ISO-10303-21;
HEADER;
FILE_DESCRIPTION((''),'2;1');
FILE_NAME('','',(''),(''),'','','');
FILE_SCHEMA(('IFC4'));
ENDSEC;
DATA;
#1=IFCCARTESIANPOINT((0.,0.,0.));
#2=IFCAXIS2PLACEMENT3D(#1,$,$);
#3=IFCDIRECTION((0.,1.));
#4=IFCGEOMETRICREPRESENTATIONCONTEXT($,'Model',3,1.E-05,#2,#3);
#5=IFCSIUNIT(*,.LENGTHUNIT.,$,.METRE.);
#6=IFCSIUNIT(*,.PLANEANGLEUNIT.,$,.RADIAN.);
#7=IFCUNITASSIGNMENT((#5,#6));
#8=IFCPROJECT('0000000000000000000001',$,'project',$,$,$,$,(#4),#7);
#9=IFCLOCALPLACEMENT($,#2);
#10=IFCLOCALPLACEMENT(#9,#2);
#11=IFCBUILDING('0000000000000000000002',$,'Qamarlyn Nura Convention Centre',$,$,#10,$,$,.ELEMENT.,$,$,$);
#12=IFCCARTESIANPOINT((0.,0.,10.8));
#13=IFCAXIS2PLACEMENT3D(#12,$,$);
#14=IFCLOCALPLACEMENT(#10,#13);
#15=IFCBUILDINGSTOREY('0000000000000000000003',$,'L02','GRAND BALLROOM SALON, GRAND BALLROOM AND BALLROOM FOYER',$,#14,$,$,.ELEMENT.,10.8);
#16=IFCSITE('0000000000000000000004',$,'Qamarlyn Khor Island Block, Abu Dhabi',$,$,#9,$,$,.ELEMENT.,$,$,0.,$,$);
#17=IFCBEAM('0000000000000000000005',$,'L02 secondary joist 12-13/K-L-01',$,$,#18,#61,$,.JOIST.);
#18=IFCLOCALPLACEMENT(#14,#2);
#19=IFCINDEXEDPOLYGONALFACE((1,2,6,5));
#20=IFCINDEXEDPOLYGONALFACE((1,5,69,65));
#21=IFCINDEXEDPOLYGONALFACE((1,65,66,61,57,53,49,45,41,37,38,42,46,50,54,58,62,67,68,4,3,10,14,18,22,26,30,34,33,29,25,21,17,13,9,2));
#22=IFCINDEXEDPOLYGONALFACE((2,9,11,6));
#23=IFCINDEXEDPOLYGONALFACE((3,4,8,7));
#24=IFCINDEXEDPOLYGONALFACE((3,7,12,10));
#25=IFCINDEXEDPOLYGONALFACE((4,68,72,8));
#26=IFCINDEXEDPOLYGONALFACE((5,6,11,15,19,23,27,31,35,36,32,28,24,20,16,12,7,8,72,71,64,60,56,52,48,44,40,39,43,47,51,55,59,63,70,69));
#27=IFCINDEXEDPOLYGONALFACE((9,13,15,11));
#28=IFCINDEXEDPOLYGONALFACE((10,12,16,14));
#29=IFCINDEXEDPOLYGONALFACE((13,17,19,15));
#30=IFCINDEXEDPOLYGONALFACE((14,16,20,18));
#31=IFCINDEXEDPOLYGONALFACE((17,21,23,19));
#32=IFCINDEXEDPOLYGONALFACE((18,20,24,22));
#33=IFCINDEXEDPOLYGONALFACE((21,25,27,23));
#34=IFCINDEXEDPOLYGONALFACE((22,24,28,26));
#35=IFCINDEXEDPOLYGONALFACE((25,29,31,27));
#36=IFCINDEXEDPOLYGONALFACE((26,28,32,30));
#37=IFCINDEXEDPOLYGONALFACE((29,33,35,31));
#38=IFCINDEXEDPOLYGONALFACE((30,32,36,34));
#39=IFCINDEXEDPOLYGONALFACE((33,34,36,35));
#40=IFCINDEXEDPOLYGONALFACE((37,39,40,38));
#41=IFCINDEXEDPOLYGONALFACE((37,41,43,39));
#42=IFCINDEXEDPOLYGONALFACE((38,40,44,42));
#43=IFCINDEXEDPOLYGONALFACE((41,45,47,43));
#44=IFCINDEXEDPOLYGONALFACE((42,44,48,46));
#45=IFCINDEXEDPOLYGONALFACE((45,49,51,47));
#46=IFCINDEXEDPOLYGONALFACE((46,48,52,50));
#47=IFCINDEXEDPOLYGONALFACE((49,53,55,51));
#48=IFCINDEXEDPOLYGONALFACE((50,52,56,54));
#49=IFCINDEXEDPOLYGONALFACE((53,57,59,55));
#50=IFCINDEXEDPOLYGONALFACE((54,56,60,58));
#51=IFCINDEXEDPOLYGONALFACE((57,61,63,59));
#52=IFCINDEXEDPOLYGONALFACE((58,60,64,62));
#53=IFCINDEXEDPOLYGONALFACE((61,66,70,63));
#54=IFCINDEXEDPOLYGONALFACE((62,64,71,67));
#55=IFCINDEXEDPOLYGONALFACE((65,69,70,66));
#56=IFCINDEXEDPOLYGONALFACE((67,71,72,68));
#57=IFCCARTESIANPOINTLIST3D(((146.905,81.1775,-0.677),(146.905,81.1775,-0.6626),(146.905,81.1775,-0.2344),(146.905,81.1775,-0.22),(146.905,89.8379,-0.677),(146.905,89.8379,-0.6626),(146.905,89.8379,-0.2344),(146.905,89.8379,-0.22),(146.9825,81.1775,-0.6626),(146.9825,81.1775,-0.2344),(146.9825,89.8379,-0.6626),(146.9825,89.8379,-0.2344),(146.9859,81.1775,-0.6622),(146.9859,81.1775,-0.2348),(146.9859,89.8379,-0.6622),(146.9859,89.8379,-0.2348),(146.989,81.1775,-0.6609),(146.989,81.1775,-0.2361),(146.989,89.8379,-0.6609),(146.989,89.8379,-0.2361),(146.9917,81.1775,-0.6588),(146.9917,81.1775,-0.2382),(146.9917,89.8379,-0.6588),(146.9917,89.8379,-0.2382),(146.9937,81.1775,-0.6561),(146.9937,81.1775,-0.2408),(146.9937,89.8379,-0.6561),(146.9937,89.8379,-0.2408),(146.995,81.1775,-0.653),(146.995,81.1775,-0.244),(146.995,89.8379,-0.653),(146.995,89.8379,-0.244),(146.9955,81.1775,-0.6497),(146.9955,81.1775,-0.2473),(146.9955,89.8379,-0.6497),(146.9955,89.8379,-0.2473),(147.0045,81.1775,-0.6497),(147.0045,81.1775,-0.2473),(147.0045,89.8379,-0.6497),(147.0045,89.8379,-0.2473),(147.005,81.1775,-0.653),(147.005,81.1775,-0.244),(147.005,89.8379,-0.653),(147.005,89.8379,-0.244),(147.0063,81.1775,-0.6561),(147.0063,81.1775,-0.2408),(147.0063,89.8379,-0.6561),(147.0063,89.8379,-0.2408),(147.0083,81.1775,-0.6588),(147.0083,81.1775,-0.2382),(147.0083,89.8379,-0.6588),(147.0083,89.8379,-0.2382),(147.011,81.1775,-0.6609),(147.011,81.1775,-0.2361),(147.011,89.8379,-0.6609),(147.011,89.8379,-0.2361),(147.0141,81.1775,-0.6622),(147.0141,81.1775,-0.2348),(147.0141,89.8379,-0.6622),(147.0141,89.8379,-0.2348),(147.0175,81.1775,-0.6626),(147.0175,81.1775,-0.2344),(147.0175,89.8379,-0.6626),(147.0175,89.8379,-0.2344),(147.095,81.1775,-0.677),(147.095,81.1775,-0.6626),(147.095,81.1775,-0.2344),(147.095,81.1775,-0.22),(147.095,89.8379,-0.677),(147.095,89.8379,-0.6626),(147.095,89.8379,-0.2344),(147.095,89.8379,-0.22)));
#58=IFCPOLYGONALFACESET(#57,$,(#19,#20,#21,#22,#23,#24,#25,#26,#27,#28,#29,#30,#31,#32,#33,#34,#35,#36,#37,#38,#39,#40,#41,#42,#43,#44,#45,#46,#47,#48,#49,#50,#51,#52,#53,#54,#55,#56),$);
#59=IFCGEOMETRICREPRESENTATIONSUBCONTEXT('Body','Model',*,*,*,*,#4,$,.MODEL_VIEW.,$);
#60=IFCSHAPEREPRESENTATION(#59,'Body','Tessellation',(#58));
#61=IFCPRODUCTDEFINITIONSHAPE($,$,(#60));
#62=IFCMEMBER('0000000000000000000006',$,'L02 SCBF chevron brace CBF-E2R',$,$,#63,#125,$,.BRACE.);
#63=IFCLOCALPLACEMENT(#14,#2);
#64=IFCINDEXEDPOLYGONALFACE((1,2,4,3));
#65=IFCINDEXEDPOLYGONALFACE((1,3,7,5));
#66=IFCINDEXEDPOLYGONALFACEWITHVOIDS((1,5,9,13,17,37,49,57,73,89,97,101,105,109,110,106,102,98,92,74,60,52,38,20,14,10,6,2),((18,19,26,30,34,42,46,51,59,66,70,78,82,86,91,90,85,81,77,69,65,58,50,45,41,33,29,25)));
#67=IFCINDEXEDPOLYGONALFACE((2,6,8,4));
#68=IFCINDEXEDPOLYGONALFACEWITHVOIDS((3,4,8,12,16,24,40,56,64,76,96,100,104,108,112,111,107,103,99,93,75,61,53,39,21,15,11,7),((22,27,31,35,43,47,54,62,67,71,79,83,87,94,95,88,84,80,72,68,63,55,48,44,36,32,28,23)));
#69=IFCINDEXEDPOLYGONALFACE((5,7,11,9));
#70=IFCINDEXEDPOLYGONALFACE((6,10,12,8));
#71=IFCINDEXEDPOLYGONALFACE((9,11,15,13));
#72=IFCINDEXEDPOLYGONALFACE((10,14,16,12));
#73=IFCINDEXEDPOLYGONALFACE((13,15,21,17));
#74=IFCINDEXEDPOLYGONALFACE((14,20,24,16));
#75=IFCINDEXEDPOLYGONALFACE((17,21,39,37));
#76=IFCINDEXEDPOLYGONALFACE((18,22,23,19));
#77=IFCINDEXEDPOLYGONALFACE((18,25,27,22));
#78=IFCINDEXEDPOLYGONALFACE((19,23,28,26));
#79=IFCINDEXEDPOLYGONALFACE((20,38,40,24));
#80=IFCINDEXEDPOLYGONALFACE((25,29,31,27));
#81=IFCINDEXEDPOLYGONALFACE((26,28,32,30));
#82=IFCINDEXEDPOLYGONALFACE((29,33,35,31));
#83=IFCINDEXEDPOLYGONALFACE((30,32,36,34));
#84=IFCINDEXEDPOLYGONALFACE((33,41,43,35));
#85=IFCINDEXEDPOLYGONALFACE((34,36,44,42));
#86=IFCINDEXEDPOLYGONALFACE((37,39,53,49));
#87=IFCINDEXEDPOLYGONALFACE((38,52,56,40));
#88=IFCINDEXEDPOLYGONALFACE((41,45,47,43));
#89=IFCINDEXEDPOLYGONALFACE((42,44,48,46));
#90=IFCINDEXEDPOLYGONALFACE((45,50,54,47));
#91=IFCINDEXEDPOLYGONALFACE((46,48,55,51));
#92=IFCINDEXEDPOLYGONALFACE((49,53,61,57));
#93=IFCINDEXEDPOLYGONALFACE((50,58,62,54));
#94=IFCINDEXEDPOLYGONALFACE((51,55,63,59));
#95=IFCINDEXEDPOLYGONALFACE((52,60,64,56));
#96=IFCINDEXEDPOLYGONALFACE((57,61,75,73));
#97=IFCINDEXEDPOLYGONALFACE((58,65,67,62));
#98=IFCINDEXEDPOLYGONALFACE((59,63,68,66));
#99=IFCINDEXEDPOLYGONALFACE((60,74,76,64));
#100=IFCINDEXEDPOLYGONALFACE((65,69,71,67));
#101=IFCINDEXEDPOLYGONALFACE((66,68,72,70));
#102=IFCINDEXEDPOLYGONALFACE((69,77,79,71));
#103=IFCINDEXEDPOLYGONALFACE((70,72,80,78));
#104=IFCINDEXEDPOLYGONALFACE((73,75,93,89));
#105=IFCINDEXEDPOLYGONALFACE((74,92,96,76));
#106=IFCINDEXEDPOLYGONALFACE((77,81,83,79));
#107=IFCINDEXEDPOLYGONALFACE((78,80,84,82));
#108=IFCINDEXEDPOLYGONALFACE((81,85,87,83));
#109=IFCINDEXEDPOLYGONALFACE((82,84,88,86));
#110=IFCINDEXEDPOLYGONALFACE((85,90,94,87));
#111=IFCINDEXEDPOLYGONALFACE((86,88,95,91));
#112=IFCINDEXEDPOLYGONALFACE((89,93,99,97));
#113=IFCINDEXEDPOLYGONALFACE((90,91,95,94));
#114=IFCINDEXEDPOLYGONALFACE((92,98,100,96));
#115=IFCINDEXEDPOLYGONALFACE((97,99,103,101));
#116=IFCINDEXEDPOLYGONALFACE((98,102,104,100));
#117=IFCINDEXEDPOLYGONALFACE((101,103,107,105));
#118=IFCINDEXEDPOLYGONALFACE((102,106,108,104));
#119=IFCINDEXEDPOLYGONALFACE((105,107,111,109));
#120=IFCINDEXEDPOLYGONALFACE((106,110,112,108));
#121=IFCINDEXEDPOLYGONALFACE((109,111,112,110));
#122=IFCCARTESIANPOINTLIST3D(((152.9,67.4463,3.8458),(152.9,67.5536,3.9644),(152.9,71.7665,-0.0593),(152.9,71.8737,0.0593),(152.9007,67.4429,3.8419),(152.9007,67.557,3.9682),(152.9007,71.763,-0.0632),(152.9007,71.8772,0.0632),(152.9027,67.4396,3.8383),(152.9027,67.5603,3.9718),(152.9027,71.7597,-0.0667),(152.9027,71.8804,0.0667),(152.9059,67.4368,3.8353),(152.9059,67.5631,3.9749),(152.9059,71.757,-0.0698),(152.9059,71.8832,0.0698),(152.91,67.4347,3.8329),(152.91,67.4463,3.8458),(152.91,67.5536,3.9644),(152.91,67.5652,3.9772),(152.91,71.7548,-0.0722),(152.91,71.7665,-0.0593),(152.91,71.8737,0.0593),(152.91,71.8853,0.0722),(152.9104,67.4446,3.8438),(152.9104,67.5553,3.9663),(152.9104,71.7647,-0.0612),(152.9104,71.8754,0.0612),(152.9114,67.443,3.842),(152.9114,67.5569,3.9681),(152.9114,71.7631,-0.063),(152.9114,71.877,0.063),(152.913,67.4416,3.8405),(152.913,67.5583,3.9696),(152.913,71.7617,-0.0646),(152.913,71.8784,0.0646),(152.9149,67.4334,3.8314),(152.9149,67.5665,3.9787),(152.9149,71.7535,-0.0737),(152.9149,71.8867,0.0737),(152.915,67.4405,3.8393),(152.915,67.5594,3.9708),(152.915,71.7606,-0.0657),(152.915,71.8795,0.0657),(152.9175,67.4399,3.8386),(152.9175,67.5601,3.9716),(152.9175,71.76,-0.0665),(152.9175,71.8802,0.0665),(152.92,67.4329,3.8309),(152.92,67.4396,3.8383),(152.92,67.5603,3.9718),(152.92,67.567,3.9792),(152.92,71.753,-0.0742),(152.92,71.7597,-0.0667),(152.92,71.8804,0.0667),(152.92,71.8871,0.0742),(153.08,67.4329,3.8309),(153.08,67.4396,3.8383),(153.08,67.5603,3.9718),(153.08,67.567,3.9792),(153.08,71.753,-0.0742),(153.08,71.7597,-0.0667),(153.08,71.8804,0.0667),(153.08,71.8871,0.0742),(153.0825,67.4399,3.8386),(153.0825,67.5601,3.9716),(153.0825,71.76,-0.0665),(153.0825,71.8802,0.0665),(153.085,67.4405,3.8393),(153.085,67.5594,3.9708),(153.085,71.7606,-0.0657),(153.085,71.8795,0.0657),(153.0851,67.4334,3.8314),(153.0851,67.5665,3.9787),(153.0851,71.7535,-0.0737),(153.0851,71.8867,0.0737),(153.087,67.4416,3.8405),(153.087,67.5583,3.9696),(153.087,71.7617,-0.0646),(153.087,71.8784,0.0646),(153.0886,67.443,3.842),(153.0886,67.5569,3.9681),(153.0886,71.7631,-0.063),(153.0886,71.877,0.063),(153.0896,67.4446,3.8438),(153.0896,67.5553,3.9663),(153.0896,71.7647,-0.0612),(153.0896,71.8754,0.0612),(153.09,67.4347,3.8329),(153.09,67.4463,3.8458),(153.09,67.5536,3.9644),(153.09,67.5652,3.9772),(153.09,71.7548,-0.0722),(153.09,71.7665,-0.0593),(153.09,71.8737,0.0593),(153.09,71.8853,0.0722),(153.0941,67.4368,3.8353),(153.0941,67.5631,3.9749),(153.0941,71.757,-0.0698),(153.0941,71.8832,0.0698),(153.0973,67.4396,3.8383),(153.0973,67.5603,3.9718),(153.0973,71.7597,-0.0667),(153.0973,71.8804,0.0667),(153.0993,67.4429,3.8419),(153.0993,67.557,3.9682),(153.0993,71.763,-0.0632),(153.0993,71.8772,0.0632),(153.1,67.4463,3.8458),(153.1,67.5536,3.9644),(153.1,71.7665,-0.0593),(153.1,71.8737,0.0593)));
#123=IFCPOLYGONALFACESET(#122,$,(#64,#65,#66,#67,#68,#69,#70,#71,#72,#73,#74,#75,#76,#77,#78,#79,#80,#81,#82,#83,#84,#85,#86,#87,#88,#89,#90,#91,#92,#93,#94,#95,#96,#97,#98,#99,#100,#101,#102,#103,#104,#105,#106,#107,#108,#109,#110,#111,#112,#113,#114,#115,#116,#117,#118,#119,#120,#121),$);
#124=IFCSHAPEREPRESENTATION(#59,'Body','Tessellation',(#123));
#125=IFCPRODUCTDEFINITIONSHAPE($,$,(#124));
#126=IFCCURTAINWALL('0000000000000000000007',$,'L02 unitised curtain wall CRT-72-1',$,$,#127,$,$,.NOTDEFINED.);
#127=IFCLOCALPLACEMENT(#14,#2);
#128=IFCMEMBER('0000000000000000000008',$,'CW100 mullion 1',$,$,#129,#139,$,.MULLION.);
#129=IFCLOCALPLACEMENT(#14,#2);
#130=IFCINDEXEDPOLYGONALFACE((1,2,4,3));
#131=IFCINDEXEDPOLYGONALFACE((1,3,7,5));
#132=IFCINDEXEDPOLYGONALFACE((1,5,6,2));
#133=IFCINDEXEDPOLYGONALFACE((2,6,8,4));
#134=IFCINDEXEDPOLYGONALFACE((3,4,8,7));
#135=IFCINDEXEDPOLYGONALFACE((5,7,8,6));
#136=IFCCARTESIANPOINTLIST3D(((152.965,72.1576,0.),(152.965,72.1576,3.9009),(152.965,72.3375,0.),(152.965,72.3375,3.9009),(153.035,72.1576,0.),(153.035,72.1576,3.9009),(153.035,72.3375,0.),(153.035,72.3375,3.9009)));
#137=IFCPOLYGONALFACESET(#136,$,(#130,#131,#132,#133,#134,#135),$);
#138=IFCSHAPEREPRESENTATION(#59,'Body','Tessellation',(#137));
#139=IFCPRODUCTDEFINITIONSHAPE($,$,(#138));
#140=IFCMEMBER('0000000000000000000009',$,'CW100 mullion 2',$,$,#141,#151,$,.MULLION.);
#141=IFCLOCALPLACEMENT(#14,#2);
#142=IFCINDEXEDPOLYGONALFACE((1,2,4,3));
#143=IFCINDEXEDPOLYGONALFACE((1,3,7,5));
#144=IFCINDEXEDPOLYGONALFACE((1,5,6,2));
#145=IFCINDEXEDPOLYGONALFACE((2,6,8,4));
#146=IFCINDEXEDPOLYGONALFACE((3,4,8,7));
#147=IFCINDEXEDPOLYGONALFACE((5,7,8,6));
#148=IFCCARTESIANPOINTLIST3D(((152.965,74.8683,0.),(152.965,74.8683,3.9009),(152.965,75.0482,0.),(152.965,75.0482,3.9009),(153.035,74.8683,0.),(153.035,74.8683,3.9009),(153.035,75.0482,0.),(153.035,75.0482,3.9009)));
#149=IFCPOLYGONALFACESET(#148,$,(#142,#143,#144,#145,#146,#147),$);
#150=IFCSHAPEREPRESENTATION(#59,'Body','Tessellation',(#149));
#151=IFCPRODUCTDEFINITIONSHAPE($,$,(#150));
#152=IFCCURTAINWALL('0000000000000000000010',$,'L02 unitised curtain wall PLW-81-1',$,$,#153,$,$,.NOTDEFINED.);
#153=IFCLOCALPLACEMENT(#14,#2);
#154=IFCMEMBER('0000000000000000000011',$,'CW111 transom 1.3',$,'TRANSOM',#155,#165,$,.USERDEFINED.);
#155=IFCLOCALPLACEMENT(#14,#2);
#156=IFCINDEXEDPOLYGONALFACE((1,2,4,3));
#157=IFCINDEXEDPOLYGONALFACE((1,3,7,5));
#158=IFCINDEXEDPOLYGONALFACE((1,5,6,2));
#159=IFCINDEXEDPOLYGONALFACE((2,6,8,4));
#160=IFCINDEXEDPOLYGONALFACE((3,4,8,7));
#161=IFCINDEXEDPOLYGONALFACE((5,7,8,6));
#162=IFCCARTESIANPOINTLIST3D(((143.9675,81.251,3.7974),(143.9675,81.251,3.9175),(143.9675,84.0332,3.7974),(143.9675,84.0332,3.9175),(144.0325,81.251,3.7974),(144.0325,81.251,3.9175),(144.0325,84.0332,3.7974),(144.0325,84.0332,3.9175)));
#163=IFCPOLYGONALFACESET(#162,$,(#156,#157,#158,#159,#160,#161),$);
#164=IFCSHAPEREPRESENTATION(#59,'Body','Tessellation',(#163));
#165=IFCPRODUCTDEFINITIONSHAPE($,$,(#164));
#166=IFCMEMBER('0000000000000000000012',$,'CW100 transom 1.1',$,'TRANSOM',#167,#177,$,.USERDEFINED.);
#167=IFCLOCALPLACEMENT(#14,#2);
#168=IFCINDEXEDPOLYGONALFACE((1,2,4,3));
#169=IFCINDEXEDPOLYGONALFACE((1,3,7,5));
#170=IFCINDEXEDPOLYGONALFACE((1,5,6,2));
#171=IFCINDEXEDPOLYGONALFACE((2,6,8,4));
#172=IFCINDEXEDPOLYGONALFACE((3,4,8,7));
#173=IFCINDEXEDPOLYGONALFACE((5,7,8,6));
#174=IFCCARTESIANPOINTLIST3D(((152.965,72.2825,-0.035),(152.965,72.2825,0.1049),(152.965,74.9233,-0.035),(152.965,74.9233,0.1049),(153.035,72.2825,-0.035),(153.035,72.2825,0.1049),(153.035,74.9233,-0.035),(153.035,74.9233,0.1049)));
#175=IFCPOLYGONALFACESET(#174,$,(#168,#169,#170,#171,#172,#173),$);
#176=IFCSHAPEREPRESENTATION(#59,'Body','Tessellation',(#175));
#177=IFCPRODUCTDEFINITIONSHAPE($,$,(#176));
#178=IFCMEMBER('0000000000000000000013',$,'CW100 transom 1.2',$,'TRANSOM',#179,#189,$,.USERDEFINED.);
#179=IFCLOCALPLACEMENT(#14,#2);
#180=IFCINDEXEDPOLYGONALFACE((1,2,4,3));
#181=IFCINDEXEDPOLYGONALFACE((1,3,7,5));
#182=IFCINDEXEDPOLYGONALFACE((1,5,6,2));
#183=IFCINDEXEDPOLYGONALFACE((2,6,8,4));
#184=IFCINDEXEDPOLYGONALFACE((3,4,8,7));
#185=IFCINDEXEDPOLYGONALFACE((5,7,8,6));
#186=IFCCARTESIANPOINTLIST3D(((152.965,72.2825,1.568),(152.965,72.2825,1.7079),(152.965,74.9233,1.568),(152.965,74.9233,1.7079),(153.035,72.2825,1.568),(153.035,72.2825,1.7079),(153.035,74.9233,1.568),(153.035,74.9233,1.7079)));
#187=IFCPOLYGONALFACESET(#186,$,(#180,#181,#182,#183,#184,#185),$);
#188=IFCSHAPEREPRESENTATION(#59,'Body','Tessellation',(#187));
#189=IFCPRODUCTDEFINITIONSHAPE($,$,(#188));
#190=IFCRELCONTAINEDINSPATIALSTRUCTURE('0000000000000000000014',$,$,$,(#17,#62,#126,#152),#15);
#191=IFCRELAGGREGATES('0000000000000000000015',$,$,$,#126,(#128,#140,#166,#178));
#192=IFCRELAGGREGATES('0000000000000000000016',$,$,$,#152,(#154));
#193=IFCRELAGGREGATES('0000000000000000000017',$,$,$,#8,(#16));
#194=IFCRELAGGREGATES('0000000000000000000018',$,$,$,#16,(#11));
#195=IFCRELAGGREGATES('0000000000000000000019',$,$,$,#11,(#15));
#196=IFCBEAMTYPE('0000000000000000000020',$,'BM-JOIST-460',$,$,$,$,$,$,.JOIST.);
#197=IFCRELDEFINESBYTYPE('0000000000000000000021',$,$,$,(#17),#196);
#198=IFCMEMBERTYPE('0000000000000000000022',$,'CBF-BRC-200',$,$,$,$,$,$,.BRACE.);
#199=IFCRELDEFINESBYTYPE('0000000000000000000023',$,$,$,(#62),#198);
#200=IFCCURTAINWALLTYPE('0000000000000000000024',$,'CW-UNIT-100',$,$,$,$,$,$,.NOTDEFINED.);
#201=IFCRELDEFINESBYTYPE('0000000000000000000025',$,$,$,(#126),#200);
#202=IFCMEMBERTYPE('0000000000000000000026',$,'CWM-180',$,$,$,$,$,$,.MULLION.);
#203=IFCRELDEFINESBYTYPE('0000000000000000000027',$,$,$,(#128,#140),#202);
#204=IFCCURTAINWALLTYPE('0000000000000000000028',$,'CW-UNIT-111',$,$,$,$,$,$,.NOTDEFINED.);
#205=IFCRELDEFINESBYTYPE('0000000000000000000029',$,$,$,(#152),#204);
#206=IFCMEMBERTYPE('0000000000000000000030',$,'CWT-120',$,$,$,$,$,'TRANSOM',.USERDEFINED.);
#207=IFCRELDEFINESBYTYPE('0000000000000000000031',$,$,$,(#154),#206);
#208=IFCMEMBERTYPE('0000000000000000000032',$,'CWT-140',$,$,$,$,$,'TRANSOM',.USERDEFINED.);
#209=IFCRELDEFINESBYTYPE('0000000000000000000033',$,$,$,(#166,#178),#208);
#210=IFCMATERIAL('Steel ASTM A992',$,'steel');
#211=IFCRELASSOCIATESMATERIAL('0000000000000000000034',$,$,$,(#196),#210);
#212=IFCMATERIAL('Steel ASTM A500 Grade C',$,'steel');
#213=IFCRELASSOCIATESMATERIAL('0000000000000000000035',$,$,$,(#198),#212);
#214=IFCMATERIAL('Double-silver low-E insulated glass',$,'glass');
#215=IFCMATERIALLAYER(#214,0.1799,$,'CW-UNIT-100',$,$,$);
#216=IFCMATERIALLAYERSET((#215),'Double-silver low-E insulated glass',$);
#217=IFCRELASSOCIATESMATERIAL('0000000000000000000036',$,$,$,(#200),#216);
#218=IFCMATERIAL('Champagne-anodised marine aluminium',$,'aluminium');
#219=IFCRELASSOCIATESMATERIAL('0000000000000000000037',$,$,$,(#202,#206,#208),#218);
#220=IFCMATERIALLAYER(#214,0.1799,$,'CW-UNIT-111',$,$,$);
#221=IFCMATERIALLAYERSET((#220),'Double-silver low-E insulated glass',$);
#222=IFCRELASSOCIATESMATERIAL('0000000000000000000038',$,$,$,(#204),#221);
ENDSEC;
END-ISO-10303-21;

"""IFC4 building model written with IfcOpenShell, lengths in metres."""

from ifc_helpers import new_model, si_unit, direction, frame, origin, origin_2d, place, context, subcontext, project, spatial, rectangle, hollow_rectangle, i_section, extrude, material, layer, layer_set, material_profile, profile_set, type_object, element, aggregate, save


model = new_model("IFC4")

# Units and contexts
model_context = context("Model", 3, precision=1e-05, world=origin(), true_north=direction((0.0, 1.0)))
body_context = subcontext(model_context, "Body", "Model", "MODEL_VIEW")
ifc_project = project(units=[si_unit("LENGTHUNIT", "METRE"), si_unit("PLANEANGLEUNIT", "RADIAN")], contexts=[model_context])

# Site, building, storey
site_placement = place(None, origin())
site = spatial("IfcSite", under=ifc_project, at=site_placement, Name="Qamarlyn Khor Island Block, Abu Dhabi", CompositionType="ELEMENT", RefElevation=0.0)
building_placement = place(site_placement, origin())
building = spatial("IfcBuilding", under=site, at=building_placement, Name="Qamarlyn Nura Convention Centre", CompositionType="ELEMENT")
storey_placement = place(building_placement, frame((0.0, 0.0, 10.8)))
storey = spatial("IfcBuildingStorey", under=building, at=storey_placement, Name="L02", Description="GRAND BALLROOM SALON, GRAND BALLROOM AND BALLROOM FOYER", CompositionType="ELEMENT", Elevation=10.8)

# Shared definitions
ifc_material_1 = material(Name="Steel ASTM A992", Category="steel")

# Beam
ifc_material_profile_1 = material_profile(ifc_material_1, i_section(OverallWidth=0.1899, OverallDepth=0.457, WebThickness=0.009, FlangeThickness=0.0144, FilletRadius=0.0129, at=origin_2d()), Name="W460X74")
ifc_profile_set_1 = profile_set([ifc_material_profile_1], Name="Steel ASTM A992")
beam_type_1 = type_object("IfcBeamType", Name="BM-JOIST-460", PredefinedType="JOIST", material=ifc_profile_set_1)
beam_1_placement = place(storey_placement, frame((147.0, 81.1775, -0.4485), z_axis=(0.0, 1.0, 0.0), x_axis=(-1.0, 0.0, 0.0)))
element("IfcBeam", 1, at=beam_1_placement, inside=storey, type_object=beam_type_1, Name="L02 secondary joist 12-13/K-L-01", PredefinedType="JOIST", context=body_context, shape_type="SweptSolid", body=[
    extrude(i_section(OverallWidth=0.1899, OverallDepth=0.457, WebThickness=0.009, FlangeThickness=0.0144, FilletRadius=0.0129, at=origin_2d()), origin(), (0.0, 0.0, 1.0), 8.6604),
])

# Member
ifc_material_2 = material(Name="Steel ASTM A500 Grade C", Category="steel")
ifc_material_profile_2 = material_profile(ifc_material_2, hollow_rectangle(XDim=0.2, YDim=0.2, WallThickness=0.01, InnerFilletRadius=0.01, OuterFilletRadius=0.02, at=origin_2d()), Name="HSS200X200X10")
ifc_profile_set_2 = profile_set([ifc_material_profile_2], Name="Steel ASTM A500 Grade C")
member_type_1 = type_object("IfcMemberType", Name="CBF-BRC-200", PredefinedType="BRACE", material=ifc_profile_set_2)
member_1_placement = place(storey_placement, frame((153.0, 71.8201, 0.0), z_axis=(0.0, -0.741844, 0.670573), x_axis=(1.0, 0.0, 0.0)))
element("IfcMember", 2, at=member_1_placement, inside=storey, type_object=member_type_1, Name="L02 SCBF chevron brace CBF-E2R", PredefinedType="BRACE", context=body_context, shape_type="SweptSolid", body=[
    extrude(hollow_rectangle(XDim=0.2, YDim=0.2, WallThickness=0.01, InnerFilletRadius=0.01, OuterFilletRadius=0.02, at=origin_2d()), origin(), (0.0, 0.0, 1.0), 5.8235),
])

# Curtain wall, members
ifc_material_3 = material(Name="Double-silver low-E insulated glass", Category="glass")
ifc_layer_1 = layer(ifc_material_3, 0.1799, Name="CW-UNIT-100")
ifc_layer_set_1 = layer_set([ifc_layer_1], Name="Double-silver low-E insulated glass")
curtain_wall_type_1 = type_object("IfcCurtainWallType", Name="CW-UNIT-100", PredefinedType="NOTDEFINED", material=ifc_layer_set_1)
curtain_wall_1_placement = place(storey_placement, origin())
curtain_wall_1 = element("IfcCurtainWall", 3, at=curtain_wall_1_placement, inside=storey, type_object=curtain_wall_type_1, Name="L02 unitised curtain wall CRT-72-1", PredefinedType="NOTDEFINED")
ifc_material_4 = material(Name="Champagne-anodised marine aluminium", Category="aluminium")
ifc_material_profile_3 = material_profile(ifc_material_4, rectangle(XDim=0.0701, YDim=0.1799, at=origin_2d()), Name="ALU MULLION 70x180")
ifc_profile_set_3 = profile_set([ifc_material_profile_3], Name="Champagne-anodised marine aluminium")
member_type_2 = type_object("IfcMemberType", Name="CWM-180", PredefinedType="MULLION", material=ifc_profile_set_3)
member_2_placement = place(storey_placement, frame((153.0, 72.2476, 0.0), z_axis=(0.0, 0.0, 1.0), x_axis=(-1.0, 0.0, 0.0)))
member_2 = element("IfcMember", 4, at=member_2_placement, type_object=member_type_2, Name="CW100 mullion 1", PredefinedType="MULLION", context=body_context, shape_type="SweptSolid", body=[
    extrude(rectangle(XDim=0.0701, YDim=0.1799, at=origin_2d()), origin(), (0.0, 0.0, 1.0), 3.9009),
])
member_3_placement = place(storey_placement, frame((153.0, 74.9583, 0.0), z_axis=(0.0, 0.0, 1.0), x_axis=(-1.0, 0.0, 0.0)))
member_3 = element("IfcMember", 5, at=member_3_placement, type_object=member_type_2, Name="CW100 mullion 2", PredefinedType="MULLION", context=body_context, shape_type="SweptSolid", body=[
    extrude(rectangle(XDim=0.0701, YDim=0.1799, at=origin_2d()), origin(), (0.0, 0.0, 1.0), 3.9009),
])

# Curtain wall, member
ifc_layer_2 = layer(ifc_material_3, 0.1799, Name="CW-UNIT-111")
ifc_layer_set_2 = layer_set([ifc_layer_2], Name="Double-silver low-E insulated glass")
curtain_wall_type_2 = type_object("IfcCurtainWallType", Name="CW-UNIT-111", PredefinedType="NOTDEFINED", material=ifc_layer_set_2)
curtain_wall_2_placement = place(storey_placement, origin())
curtain_wall_2 = element("IfcCurtainWall", 6, at=curtain_wall_2_placement, inside=storey, type_object=curtain_wall_type_2, Name="L02 unitised curtain wall PLW-81-1", PredefinedType="NOTDEFINED")
ifc_material_profile_4 = material_profile(ifc_material_4, rectangle(XDim=0.0649, YDim=0.1201, at=origin_2d()), Name="ALU TRANSOM 65x120")
ifc_profile_set_4 = profile_set([ifc_material_profile_4], Name="Champagne-anodised marine aluminium")
member_type_3 = type_object("IfcMemberType", Name="CWT-120", ElementType="TRANSOM", PredefinedType="USERDEFINED", material=ifc_profile_set_4)
member_4_placement = place(storey_placement, frame((144.0, 81.251, 3.8574), z_axis=(0.0, 1.0, 0.0), x_axis=(-1.0, 0.0, 0.0)))
member_4 = element("IfcMember", 7, at=member_4_placement, type_object=member_type_3, Name="CW111 transom 1.3", ObjectType="TRANSOM", PredefinedType="USERDEFINED", context=body_context, shape_type="SweptSolid", body=[
    extrude(rectangle(XDim=0.0649, YDim=0.1201, at=origin_2d()), origin(), (0.0, 0.0, 1.0), 2.7822),
])

# Members
ifc_material_profile_5 = material_profile(ifc_material_4, rectangle(XDim=0.0701, YDim=0.1399, at=origin_2d()), Name="ALU TRANSOM 70x140")
ifc_profile_set_5 = profile_set([ifc_material_profile_5], Name="Champagne-anodised marine aluminium")
member_type_4 = type_object("IfcMemberType", Name="CWT-140", ElementType="TRANSOM", PredefinedType="USERDEFINED", material=ifc_profile_set_5)
member_5_placement = place(storey_placement, frame((153.0, 72.2825, 0.0349), z_axis=(0.0, 1.0, 0.0), x_axis=(-1.0, 0.0, 0.0)))
member_5 = element("IfcMember", 8, at=member_5_placement, type_object=member_type_4, Name="CW100 transom 1.1", ObjectType="TRANSOM", PredefinedType="USERDEFINED", context=body_context, shape_type="SweptSolid", body=[
    extrude(rectangle(XDim=0.0701, YDim=0.1399, at=origin_2d()), origin(), (0.0, 0.0, 1.0), 2.6409),
])
member_6_placement = place(storey_placement, frame((153.0, 72.2825, 1.6379), z_axis=(0.0, 1.0, 0.0), x_axis=(-1.0, 0.0, 0.0)))
member_6 = element("IfcMember", 9, at=member_6_placement, type_object=member_type_4, Name="CW100 transom 1.2", ObjectType="TRANSOM", PredefinedType="USERDEFINED", context=body_context, shape_type="SweptSolid", body=[
    extrude(rectangle(XDim=0.0701, YDim=0.1399, at=origin_2d()), origin(), (0.0, 0.0, 1.0), 2.6409),
])

aggregate(curtain_wall_1, [member_2, member_3, member_5, member_6])
aggregate(curtain_wall_2, [member_4])

save(model, "model.ifc")
